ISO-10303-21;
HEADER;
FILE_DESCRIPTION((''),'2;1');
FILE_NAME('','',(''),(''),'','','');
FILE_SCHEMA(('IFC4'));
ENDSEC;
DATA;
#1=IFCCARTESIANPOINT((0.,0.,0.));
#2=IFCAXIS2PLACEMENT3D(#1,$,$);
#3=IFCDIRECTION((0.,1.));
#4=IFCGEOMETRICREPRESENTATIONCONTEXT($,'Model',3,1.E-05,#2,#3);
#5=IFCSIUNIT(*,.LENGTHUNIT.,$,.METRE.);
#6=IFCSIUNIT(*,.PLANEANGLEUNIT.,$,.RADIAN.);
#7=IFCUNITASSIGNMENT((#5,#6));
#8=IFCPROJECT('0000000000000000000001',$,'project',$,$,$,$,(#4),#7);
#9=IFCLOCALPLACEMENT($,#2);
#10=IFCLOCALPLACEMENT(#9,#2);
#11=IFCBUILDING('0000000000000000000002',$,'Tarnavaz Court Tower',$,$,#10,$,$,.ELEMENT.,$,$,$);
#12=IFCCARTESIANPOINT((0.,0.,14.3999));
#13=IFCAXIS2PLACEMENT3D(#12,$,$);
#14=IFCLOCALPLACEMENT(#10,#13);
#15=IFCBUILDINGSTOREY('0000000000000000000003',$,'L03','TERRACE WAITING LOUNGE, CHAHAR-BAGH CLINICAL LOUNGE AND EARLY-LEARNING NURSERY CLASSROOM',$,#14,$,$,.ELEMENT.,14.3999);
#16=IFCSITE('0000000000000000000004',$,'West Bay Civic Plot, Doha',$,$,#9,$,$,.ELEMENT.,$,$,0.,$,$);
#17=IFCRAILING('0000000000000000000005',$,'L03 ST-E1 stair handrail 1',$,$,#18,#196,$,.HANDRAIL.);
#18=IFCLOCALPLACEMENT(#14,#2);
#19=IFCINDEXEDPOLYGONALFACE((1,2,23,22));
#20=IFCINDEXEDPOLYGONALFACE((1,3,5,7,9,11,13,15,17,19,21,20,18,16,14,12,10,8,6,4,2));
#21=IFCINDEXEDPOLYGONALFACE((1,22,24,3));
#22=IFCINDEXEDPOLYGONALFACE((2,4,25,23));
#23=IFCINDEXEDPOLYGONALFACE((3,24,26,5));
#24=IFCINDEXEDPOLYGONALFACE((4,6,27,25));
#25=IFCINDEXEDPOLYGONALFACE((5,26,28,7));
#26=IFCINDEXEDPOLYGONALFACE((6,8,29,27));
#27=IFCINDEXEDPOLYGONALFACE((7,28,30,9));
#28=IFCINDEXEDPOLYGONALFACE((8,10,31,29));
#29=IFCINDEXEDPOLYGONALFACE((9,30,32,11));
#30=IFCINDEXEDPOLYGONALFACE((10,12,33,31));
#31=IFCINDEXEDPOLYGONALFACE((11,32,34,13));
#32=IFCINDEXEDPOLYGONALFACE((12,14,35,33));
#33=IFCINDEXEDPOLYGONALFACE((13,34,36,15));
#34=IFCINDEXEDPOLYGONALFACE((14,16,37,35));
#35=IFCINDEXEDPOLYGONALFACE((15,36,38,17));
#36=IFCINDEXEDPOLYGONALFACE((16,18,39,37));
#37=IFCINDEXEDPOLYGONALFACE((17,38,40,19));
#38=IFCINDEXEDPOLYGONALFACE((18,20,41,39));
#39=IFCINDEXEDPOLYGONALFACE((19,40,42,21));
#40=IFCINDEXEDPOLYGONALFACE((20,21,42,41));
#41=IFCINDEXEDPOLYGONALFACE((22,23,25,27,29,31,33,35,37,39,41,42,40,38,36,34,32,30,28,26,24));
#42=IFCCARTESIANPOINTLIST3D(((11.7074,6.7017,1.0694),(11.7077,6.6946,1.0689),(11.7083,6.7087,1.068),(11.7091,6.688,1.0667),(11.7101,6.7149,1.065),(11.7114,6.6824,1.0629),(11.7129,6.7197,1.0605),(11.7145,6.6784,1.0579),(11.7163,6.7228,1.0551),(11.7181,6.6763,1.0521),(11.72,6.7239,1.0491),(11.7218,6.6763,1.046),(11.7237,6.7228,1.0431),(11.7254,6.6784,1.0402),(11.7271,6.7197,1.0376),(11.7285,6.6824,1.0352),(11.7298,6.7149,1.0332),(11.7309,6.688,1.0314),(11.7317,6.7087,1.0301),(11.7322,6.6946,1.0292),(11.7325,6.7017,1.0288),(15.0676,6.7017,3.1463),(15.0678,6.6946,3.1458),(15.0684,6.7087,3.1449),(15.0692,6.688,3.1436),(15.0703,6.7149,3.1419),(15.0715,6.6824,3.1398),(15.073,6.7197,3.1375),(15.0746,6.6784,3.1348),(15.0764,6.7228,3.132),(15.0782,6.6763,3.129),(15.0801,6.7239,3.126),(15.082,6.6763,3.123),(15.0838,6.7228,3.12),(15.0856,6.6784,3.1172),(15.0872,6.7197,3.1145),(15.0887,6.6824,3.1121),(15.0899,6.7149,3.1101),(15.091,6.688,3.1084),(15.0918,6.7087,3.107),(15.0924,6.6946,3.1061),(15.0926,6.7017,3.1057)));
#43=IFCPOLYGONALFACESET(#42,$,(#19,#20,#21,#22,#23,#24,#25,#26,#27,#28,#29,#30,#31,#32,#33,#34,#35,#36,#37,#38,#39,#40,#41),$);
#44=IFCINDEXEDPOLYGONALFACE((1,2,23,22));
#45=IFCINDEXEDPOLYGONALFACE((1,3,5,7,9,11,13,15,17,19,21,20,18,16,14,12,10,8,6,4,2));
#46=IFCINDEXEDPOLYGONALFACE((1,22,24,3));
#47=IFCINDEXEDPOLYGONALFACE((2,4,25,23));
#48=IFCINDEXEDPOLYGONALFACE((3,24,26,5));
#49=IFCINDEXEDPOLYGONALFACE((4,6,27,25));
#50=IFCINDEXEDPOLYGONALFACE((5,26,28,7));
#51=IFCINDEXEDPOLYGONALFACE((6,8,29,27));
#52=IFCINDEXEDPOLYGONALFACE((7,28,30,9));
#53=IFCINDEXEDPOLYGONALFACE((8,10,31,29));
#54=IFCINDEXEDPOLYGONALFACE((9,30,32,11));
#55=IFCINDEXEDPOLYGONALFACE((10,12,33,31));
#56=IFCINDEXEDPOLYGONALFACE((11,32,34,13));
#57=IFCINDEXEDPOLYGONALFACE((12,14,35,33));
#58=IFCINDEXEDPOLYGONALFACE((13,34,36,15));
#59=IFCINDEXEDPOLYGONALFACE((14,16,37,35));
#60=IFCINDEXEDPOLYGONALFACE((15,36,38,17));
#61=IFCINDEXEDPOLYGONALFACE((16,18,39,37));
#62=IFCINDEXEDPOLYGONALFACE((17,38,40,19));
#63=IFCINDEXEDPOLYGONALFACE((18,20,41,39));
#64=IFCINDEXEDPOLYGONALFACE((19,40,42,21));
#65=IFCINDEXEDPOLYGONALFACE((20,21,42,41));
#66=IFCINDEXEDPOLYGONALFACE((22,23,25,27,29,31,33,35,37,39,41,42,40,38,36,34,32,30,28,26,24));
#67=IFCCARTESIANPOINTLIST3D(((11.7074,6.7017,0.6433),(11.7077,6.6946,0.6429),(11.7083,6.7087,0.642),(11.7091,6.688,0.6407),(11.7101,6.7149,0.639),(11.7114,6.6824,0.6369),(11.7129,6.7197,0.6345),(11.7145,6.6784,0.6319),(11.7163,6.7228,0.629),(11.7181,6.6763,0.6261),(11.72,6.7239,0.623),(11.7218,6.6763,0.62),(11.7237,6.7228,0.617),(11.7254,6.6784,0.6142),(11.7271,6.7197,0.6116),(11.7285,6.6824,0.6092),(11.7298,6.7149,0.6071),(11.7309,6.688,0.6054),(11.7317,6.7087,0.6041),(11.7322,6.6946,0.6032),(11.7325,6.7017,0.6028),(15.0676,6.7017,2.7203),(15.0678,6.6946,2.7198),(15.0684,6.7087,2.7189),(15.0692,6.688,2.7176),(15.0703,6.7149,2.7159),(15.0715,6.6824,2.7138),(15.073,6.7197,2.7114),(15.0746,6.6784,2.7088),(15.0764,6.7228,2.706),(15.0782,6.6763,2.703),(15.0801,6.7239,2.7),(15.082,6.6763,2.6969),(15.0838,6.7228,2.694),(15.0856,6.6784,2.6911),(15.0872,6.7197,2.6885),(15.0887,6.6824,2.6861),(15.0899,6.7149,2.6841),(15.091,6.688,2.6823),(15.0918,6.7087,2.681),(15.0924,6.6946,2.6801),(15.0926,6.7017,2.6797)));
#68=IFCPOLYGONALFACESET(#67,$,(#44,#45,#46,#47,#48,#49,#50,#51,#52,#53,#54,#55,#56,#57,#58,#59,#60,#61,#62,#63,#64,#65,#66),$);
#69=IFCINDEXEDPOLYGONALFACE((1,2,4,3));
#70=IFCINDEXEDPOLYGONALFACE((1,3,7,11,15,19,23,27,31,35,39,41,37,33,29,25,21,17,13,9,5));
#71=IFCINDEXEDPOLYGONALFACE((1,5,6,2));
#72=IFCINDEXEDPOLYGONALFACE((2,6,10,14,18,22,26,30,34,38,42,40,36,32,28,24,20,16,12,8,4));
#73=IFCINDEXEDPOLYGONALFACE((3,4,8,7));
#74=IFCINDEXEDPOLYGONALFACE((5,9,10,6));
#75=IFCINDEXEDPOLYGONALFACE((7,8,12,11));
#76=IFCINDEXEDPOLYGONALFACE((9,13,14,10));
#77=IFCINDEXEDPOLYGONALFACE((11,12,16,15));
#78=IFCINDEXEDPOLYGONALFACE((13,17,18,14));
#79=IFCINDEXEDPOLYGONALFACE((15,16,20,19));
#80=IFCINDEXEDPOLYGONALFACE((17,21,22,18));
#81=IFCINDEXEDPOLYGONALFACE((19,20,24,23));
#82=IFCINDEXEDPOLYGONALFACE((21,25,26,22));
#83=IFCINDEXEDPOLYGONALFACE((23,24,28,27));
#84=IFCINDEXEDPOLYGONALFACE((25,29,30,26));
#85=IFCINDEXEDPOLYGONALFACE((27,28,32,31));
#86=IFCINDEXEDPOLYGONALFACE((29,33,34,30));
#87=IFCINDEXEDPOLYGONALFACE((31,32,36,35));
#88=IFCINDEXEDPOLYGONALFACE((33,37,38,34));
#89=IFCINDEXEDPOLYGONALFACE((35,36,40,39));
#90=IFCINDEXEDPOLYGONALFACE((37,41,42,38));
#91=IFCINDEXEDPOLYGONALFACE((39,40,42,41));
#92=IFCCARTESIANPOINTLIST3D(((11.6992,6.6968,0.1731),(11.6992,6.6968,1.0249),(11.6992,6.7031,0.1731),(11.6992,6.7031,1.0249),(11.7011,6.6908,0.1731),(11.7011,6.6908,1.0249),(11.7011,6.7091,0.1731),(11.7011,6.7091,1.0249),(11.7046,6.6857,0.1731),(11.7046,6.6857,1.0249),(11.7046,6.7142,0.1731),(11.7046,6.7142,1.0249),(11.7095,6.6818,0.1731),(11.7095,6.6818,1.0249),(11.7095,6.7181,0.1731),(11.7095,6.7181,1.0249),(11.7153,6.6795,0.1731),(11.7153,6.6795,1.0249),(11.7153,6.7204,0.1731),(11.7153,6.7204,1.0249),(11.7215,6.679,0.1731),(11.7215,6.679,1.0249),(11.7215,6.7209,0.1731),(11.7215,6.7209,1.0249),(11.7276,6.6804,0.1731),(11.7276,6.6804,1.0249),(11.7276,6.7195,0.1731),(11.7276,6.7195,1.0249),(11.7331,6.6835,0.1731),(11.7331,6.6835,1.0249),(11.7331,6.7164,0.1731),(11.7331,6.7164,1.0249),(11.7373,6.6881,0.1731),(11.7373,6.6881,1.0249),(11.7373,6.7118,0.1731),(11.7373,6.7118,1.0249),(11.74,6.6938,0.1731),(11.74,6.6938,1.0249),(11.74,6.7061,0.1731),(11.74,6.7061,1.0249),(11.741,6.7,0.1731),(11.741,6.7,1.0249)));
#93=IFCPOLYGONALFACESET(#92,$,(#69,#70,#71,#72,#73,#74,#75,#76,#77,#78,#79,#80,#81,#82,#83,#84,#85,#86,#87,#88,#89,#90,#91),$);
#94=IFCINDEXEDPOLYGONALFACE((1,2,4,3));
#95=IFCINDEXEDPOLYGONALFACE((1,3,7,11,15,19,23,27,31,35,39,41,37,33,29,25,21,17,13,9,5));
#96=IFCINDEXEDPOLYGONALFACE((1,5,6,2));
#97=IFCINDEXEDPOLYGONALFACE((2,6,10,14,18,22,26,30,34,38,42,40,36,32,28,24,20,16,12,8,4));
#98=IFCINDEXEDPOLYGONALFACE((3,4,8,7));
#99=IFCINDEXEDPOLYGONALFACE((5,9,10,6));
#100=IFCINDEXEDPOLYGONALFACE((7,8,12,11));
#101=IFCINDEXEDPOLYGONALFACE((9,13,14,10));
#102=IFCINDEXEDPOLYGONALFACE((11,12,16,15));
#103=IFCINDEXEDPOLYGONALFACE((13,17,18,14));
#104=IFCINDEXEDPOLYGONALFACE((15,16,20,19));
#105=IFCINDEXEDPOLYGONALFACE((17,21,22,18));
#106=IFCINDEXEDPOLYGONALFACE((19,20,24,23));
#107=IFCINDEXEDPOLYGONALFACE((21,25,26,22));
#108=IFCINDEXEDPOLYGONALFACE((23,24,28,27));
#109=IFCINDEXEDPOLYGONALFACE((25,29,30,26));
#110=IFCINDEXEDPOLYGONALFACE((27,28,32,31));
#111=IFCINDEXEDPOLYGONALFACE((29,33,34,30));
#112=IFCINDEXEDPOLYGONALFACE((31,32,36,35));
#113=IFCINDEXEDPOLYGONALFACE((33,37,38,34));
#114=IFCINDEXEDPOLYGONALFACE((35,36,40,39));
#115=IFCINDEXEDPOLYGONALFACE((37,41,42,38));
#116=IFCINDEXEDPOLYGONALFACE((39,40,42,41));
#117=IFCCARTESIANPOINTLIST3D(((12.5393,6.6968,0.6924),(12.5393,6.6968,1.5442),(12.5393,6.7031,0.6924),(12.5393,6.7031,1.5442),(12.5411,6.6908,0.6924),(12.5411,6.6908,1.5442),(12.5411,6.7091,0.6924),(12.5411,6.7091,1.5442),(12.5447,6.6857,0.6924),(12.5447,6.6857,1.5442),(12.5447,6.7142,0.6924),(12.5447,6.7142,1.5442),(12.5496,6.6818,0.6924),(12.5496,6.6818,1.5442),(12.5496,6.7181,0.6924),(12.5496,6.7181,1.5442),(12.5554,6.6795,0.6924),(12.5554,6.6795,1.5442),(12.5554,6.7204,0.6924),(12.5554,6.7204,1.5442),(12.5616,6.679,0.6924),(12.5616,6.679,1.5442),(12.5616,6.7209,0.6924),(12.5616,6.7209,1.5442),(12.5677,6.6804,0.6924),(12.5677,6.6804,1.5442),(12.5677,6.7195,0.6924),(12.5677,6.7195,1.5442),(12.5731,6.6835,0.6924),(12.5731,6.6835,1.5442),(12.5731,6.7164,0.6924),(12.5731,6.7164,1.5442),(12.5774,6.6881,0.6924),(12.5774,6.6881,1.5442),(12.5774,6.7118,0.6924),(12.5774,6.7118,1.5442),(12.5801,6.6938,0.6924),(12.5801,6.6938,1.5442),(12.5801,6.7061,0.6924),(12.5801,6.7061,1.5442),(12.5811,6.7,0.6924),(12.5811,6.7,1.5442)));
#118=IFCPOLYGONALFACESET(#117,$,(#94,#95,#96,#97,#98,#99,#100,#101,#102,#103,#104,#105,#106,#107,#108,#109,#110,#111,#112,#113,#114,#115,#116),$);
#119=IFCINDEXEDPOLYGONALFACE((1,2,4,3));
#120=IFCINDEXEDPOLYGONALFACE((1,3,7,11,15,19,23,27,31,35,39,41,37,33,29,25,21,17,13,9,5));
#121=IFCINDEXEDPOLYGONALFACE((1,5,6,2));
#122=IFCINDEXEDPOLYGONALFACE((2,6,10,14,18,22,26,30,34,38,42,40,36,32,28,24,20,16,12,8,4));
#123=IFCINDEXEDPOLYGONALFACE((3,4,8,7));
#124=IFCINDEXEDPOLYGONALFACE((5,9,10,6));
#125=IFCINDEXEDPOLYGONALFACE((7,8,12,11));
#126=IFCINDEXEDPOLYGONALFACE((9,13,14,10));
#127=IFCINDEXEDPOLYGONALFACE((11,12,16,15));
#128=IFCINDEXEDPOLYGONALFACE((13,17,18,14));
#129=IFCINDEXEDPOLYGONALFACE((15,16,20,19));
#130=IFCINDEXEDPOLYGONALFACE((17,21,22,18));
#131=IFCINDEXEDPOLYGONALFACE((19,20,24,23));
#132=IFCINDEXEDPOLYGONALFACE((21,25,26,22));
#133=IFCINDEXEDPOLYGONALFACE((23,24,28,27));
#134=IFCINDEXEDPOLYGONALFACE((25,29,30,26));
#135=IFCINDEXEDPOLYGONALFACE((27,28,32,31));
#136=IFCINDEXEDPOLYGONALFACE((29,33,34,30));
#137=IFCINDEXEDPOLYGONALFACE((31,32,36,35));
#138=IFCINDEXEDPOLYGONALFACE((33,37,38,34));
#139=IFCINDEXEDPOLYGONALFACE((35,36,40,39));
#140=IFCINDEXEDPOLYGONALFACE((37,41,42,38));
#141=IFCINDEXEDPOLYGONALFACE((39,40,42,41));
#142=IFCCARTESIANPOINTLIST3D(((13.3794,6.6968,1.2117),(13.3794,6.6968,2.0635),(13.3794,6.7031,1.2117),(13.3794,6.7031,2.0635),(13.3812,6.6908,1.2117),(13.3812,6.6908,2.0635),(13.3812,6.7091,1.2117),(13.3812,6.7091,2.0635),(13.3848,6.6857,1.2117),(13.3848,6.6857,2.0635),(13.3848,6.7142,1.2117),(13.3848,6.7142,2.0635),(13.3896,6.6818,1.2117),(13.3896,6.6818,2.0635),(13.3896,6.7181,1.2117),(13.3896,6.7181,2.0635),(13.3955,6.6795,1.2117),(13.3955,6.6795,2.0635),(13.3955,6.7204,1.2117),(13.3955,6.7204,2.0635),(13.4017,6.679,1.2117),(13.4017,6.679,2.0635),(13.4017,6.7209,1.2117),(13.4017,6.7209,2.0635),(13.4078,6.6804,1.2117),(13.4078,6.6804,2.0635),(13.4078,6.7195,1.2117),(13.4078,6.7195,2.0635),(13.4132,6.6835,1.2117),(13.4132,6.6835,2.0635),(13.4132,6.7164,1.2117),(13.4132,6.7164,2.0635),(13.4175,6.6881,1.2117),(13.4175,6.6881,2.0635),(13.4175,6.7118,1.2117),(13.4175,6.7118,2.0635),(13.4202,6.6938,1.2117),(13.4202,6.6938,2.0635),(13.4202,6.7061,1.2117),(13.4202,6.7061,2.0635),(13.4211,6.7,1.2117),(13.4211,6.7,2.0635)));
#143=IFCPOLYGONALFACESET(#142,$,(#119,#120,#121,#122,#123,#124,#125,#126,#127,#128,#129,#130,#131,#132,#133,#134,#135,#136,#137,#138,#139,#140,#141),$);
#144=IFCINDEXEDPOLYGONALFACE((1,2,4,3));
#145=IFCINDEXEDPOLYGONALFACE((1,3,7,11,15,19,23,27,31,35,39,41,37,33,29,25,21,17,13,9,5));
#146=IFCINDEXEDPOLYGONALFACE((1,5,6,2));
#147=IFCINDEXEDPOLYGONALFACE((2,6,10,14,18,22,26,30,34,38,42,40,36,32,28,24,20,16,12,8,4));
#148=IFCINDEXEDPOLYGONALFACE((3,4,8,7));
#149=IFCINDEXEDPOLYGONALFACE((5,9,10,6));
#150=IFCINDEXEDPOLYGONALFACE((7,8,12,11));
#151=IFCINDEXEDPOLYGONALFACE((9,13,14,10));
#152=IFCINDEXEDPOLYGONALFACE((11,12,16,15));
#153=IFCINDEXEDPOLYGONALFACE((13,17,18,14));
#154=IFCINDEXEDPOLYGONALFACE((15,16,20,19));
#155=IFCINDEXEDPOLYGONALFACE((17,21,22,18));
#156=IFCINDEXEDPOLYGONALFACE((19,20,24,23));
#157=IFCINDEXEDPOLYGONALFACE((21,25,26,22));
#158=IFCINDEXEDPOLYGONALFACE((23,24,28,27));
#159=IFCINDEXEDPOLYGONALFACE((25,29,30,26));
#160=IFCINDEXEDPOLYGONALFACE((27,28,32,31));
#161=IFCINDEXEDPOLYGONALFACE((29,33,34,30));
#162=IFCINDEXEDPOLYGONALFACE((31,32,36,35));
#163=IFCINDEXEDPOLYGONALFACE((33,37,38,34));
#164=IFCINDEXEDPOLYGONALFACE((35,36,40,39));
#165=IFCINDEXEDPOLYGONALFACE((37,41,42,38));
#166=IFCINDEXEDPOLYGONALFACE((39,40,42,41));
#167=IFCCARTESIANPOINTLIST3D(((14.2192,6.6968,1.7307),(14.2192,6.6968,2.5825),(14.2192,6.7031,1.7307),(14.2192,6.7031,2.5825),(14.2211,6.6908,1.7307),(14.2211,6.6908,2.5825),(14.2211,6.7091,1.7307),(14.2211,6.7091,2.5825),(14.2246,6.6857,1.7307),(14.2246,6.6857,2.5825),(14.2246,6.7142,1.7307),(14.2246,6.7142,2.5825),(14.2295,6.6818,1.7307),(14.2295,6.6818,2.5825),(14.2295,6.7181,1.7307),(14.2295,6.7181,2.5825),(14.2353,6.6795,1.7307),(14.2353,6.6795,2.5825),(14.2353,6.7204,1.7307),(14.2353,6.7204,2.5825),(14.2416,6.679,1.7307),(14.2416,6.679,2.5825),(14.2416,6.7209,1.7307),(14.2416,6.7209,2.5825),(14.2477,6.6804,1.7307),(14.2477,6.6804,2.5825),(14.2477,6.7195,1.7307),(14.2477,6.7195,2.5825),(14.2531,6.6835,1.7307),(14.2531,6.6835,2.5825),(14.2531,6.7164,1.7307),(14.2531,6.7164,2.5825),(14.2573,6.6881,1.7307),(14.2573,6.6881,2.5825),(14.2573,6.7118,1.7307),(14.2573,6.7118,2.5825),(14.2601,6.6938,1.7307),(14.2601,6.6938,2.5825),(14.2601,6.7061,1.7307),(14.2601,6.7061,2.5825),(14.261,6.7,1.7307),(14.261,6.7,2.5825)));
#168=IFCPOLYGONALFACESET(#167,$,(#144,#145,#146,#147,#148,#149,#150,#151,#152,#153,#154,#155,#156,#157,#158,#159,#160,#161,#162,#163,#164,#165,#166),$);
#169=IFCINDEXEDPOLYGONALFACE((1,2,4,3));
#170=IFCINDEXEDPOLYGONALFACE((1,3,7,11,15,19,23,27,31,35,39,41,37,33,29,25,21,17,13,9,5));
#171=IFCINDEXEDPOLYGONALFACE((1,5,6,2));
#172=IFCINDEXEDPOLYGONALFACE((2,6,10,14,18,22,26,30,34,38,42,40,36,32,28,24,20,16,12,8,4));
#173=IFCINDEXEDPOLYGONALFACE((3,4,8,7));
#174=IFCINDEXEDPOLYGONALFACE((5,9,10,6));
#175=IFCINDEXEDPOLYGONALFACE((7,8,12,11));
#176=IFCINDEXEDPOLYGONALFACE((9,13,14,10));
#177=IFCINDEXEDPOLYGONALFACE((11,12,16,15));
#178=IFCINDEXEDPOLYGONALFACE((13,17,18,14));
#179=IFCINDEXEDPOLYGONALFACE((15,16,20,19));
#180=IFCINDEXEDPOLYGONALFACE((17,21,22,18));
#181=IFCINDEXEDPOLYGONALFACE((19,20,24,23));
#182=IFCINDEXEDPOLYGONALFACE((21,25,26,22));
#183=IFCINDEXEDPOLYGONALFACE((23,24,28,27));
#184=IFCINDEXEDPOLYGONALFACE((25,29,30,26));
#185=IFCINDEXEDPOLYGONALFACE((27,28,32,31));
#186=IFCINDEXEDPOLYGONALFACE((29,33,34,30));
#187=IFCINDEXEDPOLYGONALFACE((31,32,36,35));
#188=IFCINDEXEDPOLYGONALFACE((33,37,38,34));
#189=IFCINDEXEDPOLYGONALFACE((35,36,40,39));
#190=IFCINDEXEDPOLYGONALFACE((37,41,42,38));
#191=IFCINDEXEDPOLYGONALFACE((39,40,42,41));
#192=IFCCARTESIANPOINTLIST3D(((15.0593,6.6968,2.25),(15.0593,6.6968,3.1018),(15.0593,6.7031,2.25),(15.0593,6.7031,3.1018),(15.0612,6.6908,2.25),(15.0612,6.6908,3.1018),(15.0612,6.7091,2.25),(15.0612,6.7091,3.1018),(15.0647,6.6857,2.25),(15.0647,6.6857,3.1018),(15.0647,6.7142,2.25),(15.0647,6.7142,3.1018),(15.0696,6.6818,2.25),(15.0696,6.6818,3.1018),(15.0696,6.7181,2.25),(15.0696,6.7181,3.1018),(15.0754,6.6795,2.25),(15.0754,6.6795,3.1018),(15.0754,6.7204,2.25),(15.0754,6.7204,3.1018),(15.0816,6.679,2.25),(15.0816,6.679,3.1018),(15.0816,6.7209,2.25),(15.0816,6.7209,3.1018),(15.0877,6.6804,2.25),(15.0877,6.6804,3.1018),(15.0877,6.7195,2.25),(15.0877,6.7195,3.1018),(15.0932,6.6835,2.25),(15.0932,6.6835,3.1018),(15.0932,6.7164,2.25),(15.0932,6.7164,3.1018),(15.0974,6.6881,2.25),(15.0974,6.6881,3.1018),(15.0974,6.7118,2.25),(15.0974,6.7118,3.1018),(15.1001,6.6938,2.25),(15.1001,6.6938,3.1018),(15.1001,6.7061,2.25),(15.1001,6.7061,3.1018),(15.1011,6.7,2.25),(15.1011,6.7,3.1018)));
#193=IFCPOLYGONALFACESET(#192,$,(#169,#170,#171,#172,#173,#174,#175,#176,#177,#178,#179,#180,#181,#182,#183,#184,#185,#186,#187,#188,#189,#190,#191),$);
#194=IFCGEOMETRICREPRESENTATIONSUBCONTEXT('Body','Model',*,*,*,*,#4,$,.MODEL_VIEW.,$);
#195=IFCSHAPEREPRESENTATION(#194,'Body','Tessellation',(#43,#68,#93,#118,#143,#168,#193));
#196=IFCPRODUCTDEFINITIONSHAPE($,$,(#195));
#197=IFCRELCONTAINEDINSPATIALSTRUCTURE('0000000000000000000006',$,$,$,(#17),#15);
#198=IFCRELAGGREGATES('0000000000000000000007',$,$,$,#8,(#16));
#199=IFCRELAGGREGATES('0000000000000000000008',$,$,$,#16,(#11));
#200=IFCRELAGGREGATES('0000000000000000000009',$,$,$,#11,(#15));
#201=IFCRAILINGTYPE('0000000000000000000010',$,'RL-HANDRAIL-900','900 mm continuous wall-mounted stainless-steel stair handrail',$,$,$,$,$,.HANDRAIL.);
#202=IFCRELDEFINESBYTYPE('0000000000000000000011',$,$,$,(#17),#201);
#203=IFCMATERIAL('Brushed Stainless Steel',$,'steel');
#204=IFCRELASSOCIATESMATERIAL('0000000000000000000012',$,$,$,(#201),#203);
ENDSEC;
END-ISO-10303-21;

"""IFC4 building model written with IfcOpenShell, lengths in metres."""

from ifc_helpers import new_model, si_unit, direction, frame, origin, origin_2d, place, context, subcontext, project, spatial, circle, extrude, material, type_object, element, save


model = new_model("IFC4")

# Units and contexts
model_context = context("Model", 3, precision=1e-05, world=origin(), true_north=direction((0.0, 1.0)))
body_context = subcontext(model_context, "Body", "Model", "MODEL_VIEW")
ifc_project = project(units=[si_unit("LENGTHUNIT", "METRE"), si_unit("PLANEANGLEUNIT", "RADIAN")], contexts=[model_context])

# Site, building, storey
site_placement = place(None, origin())
site = spatial("IfcSite", under=ifc_project, at=site_placement, Name="West Bay Civic Plot, Doha", CompositionType="ELEMENT", RefElevation=0.0)
building_placement = place(site_placement, origin())
building = spatial("IfcBuilding", under=site, at=building_placement, Name="Tarnavaz Court Tower", CompositionType="ELEMENT")
storey_placement = place(building_placement, frame((0.0, 0.0, 14.3999)))
storey = spatial("IfcBuildingStorey", under=building, at=storey_placement, Name="L03", Description="TERRACE WAITING LOUNGE, CHAHAR-BAGH CLINICAL LOUNGE AND EARLY-LEARNING NURSERY CLASSROOM", CompositionType="ELEMENT", Elevation=14.3999)

# Railing
ifc_material_1 = material(Name="Brushed Stainless Steel", Category="steel")
railing_type_1 = type_object("IfcRailingType", Name="RL-HANDRAIL-900", Description="900 mm continuous wall-mounted stainless-steel stair handrail", PredefinedType="HANDRAIL", material=ifc_material_1)
railing_1_placement = place(storey_placement, frame((11.72, 6.7, 0.1731)))
element("IfcRailing", 1, at=railing_1_placement, inside=storey, type_object=railing_type_1, Name="L03 ST-E1 stair handrail 1", PredefinedType="HANDRAIL", context=body_context, shape_type="SweptSolid", body=[
    extrude(circle(Radius=0.0239, at=origin_2d()), frame((0.0, 0.0, 0.876), z_axis=(0.850623, 0.0, 0.525776), x_axis=(0.0, 1.0, 0.0)), (0.0, 0.0, 1.0), 3.9502),
    extrude(circle(Radius=0.0239, at=origin_2d()), frame((0.0, 0.0, 0.45), z_axis=(0.850623, 0.0, 0.525776), x_axis=(0.0, 1.0, 0.0)), (0.0, 0.0, 1.0), 3.9502),
    extrude(circle(Radius=0.021, at=origin_2d()), origin(), (0.0, 0.0, 1.0), 0.8518),
    extrude(circle(Radius=0.021, at=origin_2d()), frame((0.8401, 0.0, 0.5193)), (0.0, 0.0, 1.0), 0.8518),
    extrude(circle(Radius=0.021, at=origin_2d()), frame((1.6802, 0.0, 1.0386)), (0.0, 0.0, 1.0), 0.8518),
    extrude(circle(Radius=0.021, at=origin_2d()), frame((2.52, 0.0, 1.5576)), (0.0, 0.0, 1.0), 0.8518),
    extrude(circle(Radius=0.021, at=origin_2d()), frame((3.3601, 0.0, 2.0769)), (0.0, 0.0, 1.0), 0.8518),
])

save(model, "model.ifc")
